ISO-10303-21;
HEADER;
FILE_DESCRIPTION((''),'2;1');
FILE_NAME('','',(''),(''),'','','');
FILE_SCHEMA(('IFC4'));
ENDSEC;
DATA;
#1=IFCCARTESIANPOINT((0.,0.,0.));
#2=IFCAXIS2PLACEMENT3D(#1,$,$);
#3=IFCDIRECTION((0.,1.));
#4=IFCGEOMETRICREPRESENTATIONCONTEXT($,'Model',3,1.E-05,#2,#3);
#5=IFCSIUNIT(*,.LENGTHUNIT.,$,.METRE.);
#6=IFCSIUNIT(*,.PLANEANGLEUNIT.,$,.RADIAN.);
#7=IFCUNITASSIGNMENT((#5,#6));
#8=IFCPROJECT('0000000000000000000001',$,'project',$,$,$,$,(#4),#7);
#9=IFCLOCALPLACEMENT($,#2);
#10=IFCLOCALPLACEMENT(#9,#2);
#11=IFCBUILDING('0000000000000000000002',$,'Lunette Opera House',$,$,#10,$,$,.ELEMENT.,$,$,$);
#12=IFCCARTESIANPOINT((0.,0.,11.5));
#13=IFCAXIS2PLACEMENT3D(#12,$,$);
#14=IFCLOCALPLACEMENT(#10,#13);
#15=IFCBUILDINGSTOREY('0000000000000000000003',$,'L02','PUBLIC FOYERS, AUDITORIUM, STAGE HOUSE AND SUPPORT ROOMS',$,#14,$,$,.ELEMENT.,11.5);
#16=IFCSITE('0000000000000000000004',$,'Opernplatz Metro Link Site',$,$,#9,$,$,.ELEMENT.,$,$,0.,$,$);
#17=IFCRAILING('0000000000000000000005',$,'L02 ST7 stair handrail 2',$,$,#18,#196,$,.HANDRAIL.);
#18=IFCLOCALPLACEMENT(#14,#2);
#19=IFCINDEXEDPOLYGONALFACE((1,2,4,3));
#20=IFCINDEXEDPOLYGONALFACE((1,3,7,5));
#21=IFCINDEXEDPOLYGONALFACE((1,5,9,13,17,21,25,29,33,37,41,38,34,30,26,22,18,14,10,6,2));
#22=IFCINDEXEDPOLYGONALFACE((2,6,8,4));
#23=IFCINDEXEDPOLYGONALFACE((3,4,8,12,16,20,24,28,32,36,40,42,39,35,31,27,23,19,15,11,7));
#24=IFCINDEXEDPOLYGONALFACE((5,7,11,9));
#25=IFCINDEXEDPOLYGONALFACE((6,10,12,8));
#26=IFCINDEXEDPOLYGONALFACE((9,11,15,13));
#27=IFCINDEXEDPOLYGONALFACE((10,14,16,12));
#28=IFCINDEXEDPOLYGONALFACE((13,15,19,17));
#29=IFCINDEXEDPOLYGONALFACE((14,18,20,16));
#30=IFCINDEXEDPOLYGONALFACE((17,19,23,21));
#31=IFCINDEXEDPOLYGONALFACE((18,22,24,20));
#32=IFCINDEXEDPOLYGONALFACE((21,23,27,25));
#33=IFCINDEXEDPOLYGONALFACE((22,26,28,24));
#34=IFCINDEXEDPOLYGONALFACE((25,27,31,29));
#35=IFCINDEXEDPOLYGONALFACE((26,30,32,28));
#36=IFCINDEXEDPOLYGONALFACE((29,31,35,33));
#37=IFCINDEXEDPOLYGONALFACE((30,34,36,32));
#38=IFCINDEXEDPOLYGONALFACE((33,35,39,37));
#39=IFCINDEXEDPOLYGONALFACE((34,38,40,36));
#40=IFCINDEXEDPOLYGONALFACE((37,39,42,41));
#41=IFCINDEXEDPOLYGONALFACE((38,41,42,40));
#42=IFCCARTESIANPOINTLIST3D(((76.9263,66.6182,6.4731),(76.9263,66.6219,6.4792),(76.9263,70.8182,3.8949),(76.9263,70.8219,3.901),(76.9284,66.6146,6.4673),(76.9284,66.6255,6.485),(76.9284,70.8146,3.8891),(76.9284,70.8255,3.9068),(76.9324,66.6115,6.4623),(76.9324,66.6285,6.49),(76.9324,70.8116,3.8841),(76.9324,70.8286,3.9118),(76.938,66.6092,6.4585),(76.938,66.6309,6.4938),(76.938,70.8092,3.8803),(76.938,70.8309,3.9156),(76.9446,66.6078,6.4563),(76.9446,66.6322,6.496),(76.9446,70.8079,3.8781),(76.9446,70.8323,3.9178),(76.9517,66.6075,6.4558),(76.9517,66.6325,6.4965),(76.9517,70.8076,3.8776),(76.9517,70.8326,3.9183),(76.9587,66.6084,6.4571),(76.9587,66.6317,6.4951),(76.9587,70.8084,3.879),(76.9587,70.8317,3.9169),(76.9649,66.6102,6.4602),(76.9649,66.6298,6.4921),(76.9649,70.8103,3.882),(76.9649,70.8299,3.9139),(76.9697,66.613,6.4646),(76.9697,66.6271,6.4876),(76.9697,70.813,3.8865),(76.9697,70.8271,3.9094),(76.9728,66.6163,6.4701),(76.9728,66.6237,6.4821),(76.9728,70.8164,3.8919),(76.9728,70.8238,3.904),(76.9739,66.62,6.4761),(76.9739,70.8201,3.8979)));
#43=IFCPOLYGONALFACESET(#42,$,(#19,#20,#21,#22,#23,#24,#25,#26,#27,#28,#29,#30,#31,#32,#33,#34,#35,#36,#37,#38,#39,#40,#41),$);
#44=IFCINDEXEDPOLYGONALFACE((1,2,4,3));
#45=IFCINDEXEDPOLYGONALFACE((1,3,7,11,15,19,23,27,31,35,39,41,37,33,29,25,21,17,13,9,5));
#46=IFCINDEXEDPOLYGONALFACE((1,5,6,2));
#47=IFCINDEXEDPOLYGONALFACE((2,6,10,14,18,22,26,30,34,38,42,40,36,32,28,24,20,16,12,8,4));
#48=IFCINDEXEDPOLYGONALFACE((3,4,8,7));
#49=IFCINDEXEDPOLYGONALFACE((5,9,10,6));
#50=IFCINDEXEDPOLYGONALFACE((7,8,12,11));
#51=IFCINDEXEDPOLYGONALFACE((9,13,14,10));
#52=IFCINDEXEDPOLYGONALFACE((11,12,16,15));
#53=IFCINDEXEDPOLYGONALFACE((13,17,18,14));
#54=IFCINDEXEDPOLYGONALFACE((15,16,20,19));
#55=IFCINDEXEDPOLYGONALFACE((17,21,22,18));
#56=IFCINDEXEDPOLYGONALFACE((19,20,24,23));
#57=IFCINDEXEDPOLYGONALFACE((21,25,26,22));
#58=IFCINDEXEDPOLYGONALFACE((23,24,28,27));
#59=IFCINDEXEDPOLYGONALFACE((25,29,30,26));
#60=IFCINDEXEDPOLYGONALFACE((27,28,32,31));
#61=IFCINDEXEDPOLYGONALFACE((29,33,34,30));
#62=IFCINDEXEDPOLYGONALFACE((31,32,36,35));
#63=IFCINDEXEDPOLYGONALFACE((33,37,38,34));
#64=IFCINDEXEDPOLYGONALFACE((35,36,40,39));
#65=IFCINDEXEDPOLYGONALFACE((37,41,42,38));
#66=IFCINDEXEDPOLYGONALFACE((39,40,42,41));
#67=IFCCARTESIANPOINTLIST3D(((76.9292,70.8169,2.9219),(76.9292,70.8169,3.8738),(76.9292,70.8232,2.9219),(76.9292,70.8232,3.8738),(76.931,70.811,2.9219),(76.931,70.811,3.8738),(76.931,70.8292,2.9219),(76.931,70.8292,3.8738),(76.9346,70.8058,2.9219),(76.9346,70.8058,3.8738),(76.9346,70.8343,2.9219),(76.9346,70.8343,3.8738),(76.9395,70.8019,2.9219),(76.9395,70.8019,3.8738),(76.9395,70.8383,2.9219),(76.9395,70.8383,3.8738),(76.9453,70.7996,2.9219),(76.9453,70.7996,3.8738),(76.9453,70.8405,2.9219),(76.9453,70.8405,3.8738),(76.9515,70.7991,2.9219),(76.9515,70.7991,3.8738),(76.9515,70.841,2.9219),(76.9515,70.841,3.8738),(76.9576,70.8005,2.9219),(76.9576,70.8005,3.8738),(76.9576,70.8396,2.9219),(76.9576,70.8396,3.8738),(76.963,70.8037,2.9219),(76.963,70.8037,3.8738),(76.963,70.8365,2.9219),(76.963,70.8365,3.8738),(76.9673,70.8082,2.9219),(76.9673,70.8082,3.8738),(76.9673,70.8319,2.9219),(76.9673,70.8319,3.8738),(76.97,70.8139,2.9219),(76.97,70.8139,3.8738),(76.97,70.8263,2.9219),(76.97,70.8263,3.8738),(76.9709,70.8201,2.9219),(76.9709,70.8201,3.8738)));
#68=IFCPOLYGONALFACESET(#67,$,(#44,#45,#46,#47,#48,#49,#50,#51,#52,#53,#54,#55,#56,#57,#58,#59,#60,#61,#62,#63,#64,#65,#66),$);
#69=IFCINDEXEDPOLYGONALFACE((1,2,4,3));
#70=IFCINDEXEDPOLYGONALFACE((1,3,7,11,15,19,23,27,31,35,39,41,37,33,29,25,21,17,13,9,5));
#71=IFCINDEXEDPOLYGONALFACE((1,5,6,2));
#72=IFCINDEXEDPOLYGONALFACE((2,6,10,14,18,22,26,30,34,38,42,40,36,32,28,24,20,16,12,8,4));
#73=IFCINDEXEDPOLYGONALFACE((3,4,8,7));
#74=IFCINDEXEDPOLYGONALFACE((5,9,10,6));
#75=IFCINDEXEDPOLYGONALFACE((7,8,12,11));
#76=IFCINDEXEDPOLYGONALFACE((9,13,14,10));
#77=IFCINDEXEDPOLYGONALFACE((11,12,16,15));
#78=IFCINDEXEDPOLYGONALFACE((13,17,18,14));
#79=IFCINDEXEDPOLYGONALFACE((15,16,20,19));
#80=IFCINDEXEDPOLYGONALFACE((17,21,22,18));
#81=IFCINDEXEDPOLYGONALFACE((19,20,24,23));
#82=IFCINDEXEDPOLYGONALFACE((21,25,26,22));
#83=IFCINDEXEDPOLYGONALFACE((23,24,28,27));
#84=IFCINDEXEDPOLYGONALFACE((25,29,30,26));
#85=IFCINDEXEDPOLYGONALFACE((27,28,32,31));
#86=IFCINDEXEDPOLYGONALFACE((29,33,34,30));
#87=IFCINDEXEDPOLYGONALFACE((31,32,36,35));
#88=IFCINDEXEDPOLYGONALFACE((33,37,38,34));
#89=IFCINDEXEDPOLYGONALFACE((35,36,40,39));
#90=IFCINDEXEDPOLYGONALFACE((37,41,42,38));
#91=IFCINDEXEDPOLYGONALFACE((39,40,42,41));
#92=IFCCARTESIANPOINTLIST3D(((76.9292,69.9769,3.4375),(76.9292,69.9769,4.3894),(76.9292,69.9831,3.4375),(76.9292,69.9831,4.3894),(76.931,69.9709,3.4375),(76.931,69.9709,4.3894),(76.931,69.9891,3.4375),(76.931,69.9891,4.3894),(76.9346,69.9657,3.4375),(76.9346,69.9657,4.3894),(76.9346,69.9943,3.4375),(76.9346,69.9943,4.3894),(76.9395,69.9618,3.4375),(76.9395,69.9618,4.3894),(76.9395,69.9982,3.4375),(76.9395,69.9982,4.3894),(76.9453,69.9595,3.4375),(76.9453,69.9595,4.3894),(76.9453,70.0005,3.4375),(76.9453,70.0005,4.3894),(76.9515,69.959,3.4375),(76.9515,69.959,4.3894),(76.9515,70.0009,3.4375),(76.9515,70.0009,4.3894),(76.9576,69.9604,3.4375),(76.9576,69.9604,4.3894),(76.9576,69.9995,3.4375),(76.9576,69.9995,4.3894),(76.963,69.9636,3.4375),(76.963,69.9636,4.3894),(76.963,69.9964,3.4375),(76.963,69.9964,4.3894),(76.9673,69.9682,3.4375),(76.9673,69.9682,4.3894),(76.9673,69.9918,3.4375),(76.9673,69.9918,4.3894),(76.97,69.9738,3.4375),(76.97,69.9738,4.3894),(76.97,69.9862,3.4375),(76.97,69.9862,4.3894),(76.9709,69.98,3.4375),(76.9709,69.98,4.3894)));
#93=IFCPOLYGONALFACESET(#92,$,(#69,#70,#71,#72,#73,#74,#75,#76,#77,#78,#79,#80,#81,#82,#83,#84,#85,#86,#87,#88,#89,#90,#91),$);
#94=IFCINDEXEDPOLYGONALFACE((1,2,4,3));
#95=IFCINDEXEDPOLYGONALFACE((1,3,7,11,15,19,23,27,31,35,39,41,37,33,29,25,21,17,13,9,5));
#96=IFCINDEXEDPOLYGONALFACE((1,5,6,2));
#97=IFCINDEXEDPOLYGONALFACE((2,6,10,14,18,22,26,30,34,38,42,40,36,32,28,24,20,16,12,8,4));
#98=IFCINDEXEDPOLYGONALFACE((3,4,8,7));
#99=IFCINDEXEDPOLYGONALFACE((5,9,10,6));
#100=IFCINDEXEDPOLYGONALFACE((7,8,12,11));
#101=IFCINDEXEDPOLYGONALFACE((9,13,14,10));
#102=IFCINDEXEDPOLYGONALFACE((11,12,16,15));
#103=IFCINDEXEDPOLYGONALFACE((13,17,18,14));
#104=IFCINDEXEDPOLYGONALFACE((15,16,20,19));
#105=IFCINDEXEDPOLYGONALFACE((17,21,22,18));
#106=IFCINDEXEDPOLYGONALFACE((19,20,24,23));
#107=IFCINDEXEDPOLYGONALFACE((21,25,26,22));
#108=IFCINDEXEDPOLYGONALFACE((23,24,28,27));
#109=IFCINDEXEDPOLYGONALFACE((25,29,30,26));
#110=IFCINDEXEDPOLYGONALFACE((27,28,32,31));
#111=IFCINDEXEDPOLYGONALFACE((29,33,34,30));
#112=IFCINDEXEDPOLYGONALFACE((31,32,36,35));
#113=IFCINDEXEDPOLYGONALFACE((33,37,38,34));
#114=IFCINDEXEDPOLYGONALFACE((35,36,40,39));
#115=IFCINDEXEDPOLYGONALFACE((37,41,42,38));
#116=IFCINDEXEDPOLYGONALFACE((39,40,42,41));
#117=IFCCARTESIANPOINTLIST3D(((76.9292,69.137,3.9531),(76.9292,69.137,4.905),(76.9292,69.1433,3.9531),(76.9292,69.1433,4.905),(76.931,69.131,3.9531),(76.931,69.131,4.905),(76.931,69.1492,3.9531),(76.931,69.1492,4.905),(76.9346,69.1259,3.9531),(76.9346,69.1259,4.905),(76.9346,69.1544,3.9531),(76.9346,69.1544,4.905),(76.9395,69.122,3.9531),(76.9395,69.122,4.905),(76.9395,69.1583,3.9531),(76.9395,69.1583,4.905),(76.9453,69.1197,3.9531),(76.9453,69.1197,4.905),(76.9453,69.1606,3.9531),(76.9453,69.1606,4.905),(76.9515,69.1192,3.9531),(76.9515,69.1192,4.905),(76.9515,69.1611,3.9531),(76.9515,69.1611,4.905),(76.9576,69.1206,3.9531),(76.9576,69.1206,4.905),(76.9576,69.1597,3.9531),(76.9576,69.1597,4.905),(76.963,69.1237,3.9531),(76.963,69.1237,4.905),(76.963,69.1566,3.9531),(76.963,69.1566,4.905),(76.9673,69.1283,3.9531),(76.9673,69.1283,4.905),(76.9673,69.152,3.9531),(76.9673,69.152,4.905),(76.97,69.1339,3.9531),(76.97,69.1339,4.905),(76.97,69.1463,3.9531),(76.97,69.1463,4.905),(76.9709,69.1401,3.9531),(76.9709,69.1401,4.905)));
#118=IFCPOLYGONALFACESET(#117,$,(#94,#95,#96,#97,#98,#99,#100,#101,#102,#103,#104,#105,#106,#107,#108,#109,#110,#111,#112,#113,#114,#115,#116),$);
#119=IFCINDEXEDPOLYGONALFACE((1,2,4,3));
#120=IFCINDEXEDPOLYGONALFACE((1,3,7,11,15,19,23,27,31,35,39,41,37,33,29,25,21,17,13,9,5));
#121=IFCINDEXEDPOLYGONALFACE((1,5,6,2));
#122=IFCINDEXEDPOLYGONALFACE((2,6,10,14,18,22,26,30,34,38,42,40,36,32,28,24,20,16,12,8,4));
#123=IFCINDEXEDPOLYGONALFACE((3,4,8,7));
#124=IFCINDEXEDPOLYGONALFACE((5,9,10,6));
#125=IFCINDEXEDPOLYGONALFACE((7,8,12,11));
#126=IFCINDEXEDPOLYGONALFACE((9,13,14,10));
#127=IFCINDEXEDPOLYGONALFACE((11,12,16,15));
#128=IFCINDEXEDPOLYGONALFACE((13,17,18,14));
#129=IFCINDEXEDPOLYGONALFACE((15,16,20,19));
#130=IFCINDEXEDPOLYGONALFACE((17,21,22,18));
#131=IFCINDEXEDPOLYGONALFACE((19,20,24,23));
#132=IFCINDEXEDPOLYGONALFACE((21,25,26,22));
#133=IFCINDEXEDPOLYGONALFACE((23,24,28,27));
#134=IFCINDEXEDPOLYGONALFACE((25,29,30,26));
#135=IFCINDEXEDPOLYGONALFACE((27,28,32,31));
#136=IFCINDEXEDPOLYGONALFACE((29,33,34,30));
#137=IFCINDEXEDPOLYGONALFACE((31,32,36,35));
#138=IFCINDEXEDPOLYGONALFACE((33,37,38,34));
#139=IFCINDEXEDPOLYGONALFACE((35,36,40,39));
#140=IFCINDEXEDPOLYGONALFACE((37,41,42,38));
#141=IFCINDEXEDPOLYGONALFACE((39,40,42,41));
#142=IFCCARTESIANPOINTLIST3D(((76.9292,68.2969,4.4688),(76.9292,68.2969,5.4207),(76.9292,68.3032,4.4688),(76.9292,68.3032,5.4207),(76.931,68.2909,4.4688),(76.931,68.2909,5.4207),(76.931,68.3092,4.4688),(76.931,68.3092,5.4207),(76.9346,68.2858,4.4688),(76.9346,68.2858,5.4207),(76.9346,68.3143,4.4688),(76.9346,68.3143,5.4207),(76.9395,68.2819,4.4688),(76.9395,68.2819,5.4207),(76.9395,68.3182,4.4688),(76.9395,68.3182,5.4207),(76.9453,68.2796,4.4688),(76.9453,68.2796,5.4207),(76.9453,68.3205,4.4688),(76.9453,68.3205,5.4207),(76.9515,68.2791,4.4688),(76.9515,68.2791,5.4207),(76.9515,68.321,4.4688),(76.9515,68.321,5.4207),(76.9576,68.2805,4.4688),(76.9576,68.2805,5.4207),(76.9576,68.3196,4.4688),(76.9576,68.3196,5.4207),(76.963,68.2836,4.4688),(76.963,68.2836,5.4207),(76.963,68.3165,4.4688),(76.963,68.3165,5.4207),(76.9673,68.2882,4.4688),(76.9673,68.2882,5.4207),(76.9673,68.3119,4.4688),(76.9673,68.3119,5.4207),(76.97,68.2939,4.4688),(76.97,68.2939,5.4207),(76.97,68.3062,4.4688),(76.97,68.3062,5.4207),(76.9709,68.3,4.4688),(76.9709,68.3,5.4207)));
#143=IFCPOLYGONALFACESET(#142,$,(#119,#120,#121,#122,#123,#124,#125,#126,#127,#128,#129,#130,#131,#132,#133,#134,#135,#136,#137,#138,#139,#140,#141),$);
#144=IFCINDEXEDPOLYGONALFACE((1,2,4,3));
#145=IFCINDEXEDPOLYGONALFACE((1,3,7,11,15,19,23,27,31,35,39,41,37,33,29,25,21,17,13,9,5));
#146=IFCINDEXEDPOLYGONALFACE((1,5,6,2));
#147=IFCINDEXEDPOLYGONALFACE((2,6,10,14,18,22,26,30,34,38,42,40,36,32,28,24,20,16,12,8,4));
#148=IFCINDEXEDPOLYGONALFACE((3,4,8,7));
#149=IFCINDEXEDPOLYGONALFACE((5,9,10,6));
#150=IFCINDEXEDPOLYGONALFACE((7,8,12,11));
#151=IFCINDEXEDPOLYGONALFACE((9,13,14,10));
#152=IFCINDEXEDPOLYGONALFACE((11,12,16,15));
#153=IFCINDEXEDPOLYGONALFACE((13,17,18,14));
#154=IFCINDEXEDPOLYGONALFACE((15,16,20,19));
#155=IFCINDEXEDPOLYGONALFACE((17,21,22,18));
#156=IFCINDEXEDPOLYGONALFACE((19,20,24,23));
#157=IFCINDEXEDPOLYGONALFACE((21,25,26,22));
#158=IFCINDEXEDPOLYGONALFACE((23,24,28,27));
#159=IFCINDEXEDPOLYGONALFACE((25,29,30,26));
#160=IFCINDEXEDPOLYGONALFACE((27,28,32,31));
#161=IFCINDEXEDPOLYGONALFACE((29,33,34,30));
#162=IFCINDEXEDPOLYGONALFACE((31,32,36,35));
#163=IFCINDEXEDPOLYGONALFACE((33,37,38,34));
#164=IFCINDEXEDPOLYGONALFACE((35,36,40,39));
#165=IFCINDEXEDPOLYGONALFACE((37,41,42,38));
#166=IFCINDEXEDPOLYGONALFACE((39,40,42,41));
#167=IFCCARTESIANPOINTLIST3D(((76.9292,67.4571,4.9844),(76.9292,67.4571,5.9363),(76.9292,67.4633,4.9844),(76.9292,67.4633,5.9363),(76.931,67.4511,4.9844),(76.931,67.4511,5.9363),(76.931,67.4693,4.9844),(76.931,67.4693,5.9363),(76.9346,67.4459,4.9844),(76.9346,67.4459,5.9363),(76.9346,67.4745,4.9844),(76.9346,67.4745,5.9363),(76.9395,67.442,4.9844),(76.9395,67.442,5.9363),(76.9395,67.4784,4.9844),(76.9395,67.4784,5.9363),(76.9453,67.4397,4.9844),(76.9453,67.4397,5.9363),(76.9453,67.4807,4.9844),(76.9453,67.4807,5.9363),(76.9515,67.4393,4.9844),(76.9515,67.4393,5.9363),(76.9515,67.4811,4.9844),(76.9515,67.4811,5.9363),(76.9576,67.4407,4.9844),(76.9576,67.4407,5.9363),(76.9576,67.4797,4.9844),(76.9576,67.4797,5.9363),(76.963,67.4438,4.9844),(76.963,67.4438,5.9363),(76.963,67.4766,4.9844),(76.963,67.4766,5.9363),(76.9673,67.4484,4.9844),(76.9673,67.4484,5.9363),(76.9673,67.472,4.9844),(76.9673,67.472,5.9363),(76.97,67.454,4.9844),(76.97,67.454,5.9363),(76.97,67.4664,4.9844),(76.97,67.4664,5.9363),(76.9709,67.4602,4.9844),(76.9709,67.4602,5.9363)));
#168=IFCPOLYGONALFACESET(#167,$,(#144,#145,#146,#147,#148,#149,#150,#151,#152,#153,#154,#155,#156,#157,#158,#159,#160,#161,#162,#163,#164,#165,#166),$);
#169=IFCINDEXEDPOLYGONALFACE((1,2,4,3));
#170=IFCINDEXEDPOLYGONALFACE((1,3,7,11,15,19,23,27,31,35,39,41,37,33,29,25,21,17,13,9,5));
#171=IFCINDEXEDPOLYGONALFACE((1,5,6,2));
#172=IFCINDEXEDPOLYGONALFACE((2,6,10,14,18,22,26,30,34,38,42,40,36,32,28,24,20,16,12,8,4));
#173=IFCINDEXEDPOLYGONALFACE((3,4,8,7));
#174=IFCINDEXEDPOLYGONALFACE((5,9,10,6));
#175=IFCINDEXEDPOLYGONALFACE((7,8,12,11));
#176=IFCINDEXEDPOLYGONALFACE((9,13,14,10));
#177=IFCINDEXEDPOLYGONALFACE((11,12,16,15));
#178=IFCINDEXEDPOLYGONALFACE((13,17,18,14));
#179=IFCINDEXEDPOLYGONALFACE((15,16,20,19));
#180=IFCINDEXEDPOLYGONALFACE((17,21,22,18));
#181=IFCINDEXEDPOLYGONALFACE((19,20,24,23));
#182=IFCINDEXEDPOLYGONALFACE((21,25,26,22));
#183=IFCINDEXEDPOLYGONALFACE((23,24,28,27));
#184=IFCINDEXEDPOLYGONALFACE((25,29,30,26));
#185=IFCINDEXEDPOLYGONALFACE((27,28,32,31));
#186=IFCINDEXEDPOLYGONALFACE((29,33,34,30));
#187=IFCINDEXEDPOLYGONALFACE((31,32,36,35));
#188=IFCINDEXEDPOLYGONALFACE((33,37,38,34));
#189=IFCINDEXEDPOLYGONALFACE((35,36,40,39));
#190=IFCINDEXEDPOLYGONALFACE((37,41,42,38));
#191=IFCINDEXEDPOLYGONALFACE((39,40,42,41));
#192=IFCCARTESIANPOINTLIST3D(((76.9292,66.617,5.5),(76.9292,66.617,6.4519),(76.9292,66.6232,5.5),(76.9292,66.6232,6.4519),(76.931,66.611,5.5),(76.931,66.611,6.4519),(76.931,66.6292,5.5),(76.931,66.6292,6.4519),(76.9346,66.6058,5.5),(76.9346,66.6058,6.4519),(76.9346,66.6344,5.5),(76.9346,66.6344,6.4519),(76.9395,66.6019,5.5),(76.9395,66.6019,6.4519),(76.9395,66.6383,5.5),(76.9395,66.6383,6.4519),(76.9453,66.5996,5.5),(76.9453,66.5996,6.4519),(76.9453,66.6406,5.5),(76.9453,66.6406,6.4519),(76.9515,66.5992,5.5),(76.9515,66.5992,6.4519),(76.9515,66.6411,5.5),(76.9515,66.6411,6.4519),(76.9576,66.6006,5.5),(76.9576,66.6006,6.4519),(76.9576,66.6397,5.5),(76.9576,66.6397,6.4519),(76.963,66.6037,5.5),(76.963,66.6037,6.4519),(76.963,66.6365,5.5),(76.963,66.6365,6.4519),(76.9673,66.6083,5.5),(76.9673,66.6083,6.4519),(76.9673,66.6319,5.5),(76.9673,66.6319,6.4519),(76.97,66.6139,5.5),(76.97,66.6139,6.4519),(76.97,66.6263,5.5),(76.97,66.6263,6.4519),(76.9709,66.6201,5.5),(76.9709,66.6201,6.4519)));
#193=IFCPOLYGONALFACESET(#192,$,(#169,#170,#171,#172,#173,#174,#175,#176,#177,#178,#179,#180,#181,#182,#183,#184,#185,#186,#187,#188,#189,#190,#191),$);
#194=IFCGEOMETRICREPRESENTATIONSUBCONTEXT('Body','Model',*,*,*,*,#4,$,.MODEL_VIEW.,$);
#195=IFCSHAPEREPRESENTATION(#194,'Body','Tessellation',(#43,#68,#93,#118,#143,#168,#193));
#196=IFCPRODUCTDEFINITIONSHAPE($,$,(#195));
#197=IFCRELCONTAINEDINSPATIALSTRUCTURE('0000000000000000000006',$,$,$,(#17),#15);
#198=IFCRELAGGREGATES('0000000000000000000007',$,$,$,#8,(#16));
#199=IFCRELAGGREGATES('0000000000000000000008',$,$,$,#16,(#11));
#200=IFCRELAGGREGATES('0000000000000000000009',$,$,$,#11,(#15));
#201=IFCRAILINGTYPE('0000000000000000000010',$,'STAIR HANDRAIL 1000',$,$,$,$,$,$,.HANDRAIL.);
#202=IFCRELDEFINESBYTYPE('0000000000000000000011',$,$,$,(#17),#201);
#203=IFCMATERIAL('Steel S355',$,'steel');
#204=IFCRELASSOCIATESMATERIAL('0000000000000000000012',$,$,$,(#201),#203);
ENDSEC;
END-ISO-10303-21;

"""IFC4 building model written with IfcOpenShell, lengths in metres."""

from ifc_helpers import new_model, si_unit, direction, frame, origin, origin_2d, place, context, subcontext, project, spatial, circle, extrude, material, type_object, element, save


model = new_model("IFC4")

# Units and contexts
model_context = context("Model", 3, precision=1e-05, world=origin(), true_north=direction((0.0, 1.0)))
body_context = subcontext(model_context, "Body", "Model", "MODEL_VIEW")
ifc_project = project(units=[si_unit("LENGTHUNIT", "METRE"), si_unit("PLANEANGLEUNIT", "RADIAN")], contexts=[model_context])

# Site, building, storey
site_placement = place(None, origin())
site = spatial("IfcSite", under=ifc_project, at=site_placement, Name="Opernplatz Metro Link Site", CompositionType="ELEMENT", RefElevation=0.0)
building_placement = place(site_placement, origin())
building = spatial("IfcBuilding", under=site, at=building_placement, Name="Lunette Opera House", CompositionType="ELEMENT")
storey_placement = place(building_placement, frame((0.0, 0.0, 11.5)))
storey = spatial("IfcBuildingStorey", under=building, at=storey_placement, Name="L02", Description="PUBLIC FOYERS, AUDITORIUM, STAGE HOUSE AND SUPPORT ROOMS", CompositionType="ELEMENT", Elevation=11.5)

# Railing
ifc_material_1 = material(Name="Steel S355", Category="steel")
railing_type_1 = type_object("IfcRailingType", Name="STAIR HANDRAIL 1000", PredefinedType="HANDRAIL", material=ifc_material_1)
railing_1_placement = place(storey_placement, frame((76.95, 70.8201, 2.9219)))
element("IfcRailing", 1, at=railing_1_placement, inside=storey, type_object=railing_type_1, Name="L02 ST7 stair handrail 2", PredefinedType="HANDRAIL", context=body_context, shape_type="SweptSolid", body=[
    extrude(circle(Radius=0.0239, at=origin_2d()), frame((0.0, 0.0, 0.9761), z_axis=(0.0, -0.852243, 0.523146), x_axis=(1.0, 0.0, 0.0)), (0.0, 0.0, 1.0), 4.9282),
    extrude(circle(Radius=0.021, at=origin_2d()), origin(), (0.0, 0.0, 1.0), 0.9519),
    extrude(circle(Radius=0.021, at=origin_2d()), frame((0.0, -0.8401, 0.5156)), (0.0, 0.0, 1.0), 0.9519),
    extrude(circle(Radius=0.021, at=origin_2d()), frame((0.0, -1.6799, 1.0312)), (0.0, 0.0, 1.0), 0.9519),
    extrude(circle(Radius=0.021, at=origin_2d()), frame((0.0, -2.52, 1.5469)), (0.0, 0.0, 1.0), 0.9519),
    extrude(circle(Radius=0.021, at=origin_2d()), frame((0.0, -3.3599, 2.0625)), (0.0, 0.0, 1.0), 0.9519),
    extrude(circle(Radius=0.021, at=origin_2d()), frame((0.0, -4.2, 2.5781)), (0.0, 0.0, 1.0), 0.9519),
])

save(model, "model.ifc")
